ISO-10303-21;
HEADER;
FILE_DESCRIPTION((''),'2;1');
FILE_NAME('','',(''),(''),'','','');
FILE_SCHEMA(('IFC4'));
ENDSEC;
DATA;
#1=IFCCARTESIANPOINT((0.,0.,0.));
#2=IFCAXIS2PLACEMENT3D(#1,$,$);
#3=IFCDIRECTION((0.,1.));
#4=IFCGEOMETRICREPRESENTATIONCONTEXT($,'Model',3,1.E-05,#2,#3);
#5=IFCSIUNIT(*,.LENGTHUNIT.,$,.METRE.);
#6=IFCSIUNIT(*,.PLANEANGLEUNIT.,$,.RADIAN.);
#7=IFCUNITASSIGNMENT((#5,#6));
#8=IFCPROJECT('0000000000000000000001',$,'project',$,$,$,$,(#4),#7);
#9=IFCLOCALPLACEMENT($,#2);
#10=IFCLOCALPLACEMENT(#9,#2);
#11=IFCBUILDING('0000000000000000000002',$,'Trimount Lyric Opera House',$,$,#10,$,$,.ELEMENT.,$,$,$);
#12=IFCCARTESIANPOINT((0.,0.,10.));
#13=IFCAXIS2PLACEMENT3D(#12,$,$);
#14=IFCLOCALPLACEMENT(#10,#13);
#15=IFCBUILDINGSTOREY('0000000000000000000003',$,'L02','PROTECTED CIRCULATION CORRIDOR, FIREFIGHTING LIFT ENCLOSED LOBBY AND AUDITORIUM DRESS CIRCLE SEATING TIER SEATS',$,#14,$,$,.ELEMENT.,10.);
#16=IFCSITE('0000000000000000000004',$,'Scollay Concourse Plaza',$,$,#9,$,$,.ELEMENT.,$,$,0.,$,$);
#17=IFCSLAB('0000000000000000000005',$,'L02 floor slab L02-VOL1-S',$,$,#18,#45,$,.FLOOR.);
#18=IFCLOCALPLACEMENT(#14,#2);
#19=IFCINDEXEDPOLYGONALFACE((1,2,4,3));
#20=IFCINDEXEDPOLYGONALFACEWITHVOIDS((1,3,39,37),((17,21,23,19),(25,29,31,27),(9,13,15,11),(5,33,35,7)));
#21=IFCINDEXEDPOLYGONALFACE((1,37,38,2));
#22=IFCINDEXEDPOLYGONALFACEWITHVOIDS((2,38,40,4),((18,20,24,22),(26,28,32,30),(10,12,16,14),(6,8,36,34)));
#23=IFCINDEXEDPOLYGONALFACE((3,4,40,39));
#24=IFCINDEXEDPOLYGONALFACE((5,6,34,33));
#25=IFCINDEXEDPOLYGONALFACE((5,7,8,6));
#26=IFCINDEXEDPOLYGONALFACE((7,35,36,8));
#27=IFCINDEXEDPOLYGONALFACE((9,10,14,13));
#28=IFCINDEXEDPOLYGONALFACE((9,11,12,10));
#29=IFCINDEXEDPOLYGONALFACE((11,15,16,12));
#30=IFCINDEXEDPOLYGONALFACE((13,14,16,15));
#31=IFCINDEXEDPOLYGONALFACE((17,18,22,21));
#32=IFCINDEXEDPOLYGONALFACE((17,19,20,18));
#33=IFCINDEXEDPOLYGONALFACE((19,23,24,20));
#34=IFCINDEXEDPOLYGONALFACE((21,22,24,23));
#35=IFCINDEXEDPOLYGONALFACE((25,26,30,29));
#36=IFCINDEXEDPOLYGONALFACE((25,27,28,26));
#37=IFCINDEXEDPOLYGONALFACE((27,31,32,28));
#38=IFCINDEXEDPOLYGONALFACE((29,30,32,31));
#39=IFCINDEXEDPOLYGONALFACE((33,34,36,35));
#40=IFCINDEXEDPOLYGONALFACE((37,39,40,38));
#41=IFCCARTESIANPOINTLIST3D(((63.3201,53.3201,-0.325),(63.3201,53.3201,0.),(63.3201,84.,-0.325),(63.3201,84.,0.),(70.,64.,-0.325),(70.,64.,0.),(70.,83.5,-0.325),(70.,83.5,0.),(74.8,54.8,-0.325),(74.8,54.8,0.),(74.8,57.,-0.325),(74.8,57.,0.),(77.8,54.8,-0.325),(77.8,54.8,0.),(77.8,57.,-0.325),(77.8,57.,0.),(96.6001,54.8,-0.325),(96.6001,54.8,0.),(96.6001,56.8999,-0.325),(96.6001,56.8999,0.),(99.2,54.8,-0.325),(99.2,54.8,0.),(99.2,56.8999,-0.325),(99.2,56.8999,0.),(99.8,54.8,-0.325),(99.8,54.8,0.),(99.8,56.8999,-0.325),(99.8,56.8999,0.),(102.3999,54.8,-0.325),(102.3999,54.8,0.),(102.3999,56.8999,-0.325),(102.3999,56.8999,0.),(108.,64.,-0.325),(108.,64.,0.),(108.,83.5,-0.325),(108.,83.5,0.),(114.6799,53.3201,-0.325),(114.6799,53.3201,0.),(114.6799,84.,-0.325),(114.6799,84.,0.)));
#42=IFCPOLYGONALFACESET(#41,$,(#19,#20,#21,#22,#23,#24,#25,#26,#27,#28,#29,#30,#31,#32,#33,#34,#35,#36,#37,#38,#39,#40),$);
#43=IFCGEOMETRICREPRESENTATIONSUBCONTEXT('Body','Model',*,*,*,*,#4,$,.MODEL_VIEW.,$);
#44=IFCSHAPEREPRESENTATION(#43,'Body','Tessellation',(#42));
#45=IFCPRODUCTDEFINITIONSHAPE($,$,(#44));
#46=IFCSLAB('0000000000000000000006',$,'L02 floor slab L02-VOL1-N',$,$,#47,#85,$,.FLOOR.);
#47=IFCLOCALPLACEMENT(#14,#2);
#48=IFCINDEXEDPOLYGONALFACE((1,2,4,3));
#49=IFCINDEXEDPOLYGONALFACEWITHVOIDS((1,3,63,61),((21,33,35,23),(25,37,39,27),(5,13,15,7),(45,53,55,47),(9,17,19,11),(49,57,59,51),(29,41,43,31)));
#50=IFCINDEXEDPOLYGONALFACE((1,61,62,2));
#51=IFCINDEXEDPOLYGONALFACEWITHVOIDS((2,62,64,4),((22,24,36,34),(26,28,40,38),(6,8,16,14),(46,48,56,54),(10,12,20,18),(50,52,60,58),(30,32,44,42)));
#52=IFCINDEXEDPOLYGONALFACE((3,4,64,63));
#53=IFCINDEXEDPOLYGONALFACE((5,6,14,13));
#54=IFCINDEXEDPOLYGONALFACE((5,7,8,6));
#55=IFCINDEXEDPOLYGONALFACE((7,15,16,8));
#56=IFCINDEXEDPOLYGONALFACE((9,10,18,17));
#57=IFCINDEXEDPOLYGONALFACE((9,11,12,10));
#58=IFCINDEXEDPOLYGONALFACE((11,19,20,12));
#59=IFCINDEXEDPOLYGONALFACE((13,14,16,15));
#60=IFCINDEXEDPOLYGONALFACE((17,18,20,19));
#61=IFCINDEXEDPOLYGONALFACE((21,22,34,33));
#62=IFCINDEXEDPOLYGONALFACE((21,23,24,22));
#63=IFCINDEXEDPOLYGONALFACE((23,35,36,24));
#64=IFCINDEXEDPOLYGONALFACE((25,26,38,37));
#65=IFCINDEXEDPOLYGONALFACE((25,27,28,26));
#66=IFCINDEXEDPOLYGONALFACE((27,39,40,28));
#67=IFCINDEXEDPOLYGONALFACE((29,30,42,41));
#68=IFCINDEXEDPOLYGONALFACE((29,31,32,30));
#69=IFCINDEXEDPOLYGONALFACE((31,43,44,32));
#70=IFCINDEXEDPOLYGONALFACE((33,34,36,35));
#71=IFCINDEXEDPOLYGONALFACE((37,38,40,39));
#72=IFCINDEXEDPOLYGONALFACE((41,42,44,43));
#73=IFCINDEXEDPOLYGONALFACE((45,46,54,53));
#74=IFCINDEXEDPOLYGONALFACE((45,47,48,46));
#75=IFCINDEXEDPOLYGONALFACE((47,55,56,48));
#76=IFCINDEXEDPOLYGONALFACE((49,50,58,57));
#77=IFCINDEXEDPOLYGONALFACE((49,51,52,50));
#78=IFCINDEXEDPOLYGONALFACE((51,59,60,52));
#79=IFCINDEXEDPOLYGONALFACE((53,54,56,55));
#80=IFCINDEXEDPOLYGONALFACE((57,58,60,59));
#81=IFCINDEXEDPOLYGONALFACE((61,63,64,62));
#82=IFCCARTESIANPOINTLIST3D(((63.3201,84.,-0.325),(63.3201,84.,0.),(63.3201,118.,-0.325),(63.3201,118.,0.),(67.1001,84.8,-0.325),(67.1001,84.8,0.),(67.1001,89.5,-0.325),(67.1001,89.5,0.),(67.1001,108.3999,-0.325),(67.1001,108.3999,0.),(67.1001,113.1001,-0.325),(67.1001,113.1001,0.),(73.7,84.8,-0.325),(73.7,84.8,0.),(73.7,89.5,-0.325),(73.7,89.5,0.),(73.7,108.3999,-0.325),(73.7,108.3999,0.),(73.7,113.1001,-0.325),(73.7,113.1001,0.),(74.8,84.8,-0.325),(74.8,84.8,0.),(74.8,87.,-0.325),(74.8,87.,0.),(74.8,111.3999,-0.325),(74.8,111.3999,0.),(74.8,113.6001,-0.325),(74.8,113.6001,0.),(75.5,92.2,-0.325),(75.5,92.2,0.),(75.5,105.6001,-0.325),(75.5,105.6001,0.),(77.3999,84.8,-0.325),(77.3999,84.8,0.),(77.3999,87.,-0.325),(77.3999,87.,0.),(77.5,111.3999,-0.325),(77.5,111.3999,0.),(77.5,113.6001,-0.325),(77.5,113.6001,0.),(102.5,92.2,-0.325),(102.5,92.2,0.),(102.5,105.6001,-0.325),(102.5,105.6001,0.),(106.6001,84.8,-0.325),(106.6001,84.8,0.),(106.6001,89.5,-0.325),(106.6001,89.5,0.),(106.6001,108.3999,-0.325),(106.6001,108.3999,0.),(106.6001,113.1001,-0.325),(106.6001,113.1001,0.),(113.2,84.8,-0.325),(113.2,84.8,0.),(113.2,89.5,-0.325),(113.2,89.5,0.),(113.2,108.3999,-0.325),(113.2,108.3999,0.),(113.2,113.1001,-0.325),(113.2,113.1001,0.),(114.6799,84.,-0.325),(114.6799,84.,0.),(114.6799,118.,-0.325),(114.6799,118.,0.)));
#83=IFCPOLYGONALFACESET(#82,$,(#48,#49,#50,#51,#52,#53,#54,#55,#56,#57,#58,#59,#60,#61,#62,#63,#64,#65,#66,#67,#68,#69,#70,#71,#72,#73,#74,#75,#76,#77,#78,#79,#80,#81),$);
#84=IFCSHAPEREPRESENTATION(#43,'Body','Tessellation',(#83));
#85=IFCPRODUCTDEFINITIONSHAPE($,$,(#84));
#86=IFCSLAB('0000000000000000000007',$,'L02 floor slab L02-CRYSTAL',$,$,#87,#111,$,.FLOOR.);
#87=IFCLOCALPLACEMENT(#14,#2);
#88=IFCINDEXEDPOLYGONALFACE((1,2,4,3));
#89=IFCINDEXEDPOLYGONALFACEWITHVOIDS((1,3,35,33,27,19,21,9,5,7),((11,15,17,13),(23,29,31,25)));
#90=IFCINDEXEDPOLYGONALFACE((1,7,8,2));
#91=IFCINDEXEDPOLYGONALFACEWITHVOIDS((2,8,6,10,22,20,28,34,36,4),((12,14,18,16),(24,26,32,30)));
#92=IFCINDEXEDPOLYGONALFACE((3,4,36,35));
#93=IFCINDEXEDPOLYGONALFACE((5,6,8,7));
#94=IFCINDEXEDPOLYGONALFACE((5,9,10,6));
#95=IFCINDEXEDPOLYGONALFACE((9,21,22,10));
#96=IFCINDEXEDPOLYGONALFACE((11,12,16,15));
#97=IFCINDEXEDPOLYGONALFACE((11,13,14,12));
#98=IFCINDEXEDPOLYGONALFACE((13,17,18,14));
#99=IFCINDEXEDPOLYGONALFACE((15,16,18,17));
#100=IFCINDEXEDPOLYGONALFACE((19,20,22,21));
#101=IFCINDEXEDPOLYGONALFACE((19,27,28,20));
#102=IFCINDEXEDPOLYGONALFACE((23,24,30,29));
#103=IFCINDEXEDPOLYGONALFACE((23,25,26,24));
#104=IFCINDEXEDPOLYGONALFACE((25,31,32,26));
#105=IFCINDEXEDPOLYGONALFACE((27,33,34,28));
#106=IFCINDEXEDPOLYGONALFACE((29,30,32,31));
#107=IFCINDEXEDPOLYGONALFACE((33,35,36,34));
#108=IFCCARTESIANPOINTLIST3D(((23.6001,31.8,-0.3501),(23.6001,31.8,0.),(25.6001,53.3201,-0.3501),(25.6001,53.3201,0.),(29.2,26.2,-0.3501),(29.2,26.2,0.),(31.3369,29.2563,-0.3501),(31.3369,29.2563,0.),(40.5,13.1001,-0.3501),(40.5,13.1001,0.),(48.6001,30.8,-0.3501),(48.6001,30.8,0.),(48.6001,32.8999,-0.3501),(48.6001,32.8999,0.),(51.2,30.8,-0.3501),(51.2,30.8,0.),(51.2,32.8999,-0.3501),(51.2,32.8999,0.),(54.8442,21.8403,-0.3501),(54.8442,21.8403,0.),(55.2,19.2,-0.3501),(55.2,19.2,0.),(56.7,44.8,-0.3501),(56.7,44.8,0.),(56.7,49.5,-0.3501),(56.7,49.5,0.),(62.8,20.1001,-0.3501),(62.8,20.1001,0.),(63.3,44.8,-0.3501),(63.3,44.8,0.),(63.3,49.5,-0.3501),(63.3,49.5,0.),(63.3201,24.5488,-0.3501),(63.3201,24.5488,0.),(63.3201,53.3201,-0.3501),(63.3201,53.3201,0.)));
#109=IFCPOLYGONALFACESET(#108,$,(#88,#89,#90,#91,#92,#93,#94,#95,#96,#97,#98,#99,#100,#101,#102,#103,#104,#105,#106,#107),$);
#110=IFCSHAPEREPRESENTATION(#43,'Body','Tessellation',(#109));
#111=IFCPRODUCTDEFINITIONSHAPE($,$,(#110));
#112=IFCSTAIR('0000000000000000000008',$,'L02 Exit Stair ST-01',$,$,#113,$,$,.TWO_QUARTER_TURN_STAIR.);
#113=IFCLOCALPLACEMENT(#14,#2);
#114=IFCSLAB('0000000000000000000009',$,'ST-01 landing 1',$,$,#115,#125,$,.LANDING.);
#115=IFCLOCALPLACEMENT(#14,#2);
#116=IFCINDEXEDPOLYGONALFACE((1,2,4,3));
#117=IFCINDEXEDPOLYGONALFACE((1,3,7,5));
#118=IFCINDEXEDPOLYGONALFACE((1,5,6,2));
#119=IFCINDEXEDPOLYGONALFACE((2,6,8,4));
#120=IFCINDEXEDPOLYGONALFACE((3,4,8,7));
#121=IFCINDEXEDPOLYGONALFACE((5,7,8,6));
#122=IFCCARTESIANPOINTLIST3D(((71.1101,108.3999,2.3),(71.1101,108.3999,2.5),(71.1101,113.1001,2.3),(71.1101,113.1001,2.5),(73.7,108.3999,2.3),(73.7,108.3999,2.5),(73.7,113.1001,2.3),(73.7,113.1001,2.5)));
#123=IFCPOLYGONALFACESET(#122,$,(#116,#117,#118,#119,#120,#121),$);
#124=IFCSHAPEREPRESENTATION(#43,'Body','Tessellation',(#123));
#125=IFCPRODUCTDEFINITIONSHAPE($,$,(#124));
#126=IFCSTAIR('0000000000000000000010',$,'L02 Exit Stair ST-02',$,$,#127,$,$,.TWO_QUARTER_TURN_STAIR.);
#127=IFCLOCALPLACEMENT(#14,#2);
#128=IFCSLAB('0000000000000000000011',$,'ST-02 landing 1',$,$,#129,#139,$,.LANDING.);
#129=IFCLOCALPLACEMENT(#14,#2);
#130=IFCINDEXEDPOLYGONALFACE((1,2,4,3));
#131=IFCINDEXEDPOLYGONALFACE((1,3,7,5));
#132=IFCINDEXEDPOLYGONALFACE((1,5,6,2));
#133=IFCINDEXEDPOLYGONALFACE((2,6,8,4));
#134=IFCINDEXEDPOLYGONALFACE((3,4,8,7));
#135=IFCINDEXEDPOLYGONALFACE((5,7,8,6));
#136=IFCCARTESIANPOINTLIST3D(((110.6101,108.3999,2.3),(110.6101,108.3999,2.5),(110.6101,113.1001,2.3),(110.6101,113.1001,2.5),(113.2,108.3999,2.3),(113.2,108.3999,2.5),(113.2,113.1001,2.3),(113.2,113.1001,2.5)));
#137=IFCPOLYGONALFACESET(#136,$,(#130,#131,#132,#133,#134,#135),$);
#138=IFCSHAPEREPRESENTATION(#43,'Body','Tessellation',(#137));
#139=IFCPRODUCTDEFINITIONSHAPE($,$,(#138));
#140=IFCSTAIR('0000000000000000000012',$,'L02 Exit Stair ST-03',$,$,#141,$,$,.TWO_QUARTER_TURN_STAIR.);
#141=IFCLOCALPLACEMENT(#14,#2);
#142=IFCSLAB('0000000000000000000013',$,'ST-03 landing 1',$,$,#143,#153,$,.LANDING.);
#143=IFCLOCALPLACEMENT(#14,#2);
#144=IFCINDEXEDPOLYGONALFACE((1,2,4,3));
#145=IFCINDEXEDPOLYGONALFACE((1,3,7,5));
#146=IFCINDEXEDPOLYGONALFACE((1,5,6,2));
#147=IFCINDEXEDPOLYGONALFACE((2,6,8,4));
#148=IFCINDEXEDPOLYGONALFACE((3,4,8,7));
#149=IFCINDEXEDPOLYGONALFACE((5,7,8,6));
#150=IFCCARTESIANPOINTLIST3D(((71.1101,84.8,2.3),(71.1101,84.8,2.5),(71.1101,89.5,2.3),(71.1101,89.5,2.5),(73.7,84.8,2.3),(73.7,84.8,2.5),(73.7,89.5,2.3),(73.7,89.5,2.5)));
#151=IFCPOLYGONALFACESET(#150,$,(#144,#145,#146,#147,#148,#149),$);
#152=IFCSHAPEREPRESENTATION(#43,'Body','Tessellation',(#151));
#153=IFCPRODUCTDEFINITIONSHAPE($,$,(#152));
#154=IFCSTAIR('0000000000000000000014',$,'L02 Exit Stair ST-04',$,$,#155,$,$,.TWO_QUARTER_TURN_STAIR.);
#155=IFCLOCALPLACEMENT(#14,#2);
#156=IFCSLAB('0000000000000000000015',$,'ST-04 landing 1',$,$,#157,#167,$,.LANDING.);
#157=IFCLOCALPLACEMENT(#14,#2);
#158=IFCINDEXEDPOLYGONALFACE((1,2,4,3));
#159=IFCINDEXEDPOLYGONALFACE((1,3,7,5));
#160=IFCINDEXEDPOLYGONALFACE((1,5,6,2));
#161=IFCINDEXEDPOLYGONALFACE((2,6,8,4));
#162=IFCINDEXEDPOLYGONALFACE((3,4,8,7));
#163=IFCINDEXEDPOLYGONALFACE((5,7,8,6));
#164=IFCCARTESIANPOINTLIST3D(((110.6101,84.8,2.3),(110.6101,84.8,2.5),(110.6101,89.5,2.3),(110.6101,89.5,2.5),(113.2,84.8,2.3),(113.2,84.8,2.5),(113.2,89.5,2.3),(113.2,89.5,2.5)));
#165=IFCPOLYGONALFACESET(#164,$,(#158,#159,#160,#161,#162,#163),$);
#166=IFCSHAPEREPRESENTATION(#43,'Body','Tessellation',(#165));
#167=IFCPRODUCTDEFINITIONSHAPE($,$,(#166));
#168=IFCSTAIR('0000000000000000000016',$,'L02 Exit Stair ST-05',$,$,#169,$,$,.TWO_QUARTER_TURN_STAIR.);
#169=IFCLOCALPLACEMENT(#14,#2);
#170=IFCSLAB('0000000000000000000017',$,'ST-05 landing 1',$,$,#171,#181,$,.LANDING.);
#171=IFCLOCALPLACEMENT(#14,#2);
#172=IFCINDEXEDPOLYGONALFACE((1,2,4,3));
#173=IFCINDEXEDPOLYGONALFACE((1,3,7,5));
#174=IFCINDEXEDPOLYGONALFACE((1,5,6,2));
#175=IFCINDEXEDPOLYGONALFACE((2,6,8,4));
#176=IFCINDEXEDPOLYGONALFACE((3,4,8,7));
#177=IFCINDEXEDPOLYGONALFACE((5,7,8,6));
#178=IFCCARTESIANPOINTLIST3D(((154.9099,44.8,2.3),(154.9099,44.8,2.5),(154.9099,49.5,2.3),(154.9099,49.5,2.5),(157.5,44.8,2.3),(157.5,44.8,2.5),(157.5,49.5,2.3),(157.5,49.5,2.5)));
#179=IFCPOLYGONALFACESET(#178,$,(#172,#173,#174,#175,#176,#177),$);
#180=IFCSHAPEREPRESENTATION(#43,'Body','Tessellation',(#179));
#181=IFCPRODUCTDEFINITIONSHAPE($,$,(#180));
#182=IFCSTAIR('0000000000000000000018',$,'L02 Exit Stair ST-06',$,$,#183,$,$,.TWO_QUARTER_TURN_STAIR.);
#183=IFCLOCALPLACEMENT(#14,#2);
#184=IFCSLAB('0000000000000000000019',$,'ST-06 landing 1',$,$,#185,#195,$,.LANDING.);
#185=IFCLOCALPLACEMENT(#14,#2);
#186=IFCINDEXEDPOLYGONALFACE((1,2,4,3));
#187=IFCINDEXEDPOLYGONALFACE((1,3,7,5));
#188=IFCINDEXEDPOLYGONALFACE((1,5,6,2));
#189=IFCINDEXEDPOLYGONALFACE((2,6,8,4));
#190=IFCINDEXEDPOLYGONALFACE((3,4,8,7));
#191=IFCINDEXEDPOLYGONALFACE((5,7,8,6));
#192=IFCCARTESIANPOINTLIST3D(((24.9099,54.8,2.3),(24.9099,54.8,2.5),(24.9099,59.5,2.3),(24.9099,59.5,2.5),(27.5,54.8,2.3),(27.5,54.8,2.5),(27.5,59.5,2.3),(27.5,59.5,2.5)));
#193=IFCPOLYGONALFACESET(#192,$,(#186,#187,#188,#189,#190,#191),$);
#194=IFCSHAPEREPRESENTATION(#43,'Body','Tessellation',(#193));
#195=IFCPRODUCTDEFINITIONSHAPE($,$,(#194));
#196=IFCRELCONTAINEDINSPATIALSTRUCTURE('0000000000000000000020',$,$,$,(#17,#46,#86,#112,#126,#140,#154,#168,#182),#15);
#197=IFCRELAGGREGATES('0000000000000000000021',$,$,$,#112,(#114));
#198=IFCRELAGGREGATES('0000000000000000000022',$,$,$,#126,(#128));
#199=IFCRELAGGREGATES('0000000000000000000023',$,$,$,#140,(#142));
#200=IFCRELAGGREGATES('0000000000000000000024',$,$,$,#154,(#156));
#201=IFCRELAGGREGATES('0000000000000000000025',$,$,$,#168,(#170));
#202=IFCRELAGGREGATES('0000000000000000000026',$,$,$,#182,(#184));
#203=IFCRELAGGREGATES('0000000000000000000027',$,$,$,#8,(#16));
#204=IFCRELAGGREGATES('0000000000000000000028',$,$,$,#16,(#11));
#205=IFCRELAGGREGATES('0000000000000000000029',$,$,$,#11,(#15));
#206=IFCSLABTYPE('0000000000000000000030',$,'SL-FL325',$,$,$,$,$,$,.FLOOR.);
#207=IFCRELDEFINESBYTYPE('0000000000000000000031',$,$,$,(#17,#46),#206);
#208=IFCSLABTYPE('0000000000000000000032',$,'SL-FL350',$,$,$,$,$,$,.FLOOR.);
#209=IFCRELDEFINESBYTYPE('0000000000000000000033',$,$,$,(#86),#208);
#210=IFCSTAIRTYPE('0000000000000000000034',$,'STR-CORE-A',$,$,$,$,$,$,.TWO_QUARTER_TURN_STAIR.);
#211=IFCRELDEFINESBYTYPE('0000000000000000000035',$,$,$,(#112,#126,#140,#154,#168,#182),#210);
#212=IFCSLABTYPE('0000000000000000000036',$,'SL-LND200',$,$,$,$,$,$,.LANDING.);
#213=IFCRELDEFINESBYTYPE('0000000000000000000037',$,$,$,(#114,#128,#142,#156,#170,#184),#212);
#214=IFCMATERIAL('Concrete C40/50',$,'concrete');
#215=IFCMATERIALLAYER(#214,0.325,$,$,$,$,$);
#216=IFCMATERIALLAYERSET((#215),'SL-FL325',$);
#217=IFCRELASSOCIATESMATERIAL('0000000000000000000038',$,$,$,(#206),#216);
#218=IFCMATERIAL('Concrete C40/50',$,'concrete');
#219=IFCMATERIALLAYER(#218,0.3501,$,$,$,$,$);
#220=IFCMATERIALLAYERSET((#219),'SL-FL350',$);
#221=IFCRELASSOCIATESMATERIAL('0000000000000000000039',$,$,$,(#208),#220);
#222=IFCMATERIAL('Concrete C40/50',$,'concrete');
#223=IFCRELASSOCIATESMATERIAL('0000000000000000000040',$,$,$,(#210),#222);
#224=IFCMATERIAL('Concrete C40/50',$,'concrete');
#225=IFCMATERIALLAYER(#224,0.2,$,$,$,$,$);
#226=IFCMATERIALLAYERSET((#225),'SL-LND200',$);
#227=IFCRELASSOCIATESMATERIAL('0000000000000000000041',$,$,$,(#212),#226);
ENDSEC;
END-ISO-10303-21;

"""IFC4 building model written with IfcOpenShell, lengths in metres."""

from ifc_helpers import new_model, si_unit, direction, frame, origin, place, context, subcontext, project, spatial, polyline, outline, extrude, material, layer, layer_set, type_object, element, aggregate, save


model = new_model("IFC4")

# Units and contexts
model_context = context("Model", 3, precision=1e-05, world=origin(), true_north=direction((0.0, 1.0)))
body_context = subcontext(model_context, "Body", "Model", "MODEL_VIEW")
ifc_project = project(units=[si_unit("LENGTHUNIT", "METRE"), si_unit("PLANEANGLEUNIT", "RADIAN")], contexts=[model_context])

# Site, building, storey
site_placement = place(None, origin())
site = spatial("IfcSite", under=ifc_project, at=site_placement, Name="Scollay Concourse Plaza", CompositionType="ELEMENT", RefElevation=0.0)
building_placement = place(site_placement, origin())
building = spatial("IfcBuilding", under=site, at=building_placement, Name="Trimount Lyric Opera House", CompositionType="ELEMENT")
storey_placement = place(building_placement, frame((0.0, 0.0, 10.0)))
storey = spatial("IfcBuildingStorey", under=building, at=storey_placement, Name="L02", Description="PROTECTED CIRCULATION CORRIDOR, FIREFIGHTING LIFT ENCLOSED LOBBY AND AUDITORIUM DRESS CIRCLE SEATING TIER SEATS", CompositionType="ELEMENT", Elevation=10.0)

# Slabs
ifc_material_1 = material(Name="Concrete C40/50", Category="concrete")
ifc_layer_1 = layer(ifc_material_1, 0.325)
ifc_layer_set_1 = layer_set([ifc_layer_1], Name="SL-FL325")
slab_type_1 = type_object("IfcSlabType", Name="SL-FL325", PredefinedType="FLOOR", material=ifc_layer_set_1)
slab_1_placement = place(storey_placement, frame((0.0, 0.0, -0.325)))
element("IfcSlab", 1, at=slab_1_placement, inside=storey, type_object=slab_type_1, Name="L02 floor slab L02-VOL1-S", PredefinedType="FLOOR", context=body_context, shape_type="SweptSolid", body=[
    extrude(outline(polyline([(114.6799, 84.0), (114.6799, 53.3201), (63.3201, 53.3201), (63.3201, 84.0), (114.6799, 84.0)]), holes=[polyline([(70.0, 64.0), (108.0, 64.0), (108.0, 83.5), (70.0, 83.5), (70.0, 64.0)]), polyline([(102.3999, 56.8999), (99.8, 56.8999), (99.8, 54.8), (102.3999, 54.8), (102.3999, 56.8999)]), polyline([(99.2, 56.8999), (96.6001, 56.8999), (96.6001, 54.8), (99.2, 54.8), (99.2, 56.8999)]), polyline([(77.8, 57.0), (74.8, 57.0), (74.8, 54.8), (77.8, 54.8), (77.8, 57.0)])]), origin(), (0.0, 0.0, 1.0), 0.325),
])
slab_2_placement = place(storey_placement, frame((0.0, 0.0, -0.325)))
element("IfcSlab", 2, at=slab_2_placement, inside=storey, type_object=slab_type_1, Name="L02 floor slab L02-VOL1-N", PredefinedType="FLOOR", context=body_context, shape_type="SweptSolid", body=[
    extrude(outline(polyline([(114.6799, 118.0), (114.6799, 84.0), (63.3201, 84.0), (63.3201, 118.0), (114.6799, 118.0)]), holes=[polyline([(113.2, 84.8), (113.2, 89.5), (106.6001, 89.5), (106.6001, 84.8), (113.2, 84.8)]), polyline([(113.2, 108.3999), (113.2, 113.1001), (106.6001, 113.1001), (106.6001, 108.3999), (113.2, 108.3999)]), polyline([(75.5, 92.2), (102.5, 92.2), (102.5, 105.6001), (75.5, 105.6001), (75.5, 92.2)]), polyline([(77.5, 113.6001), (74.8, 113.6001), (74.8, 111.3999), (77.5, 111.3999), (77.5, 113.6001)]), polyline([(77.3999, 87.0), (74.8, 87.0), (74.8, 84.8), (77.3999, 84.8), (77.3999, 87.0)]), polyline([(73.7, 89.5), (67.1001, 89.5), (67.1001, 84.8), (73.7, 84.8), (73.7, 89.5)]), polyline([(73.7, 113.1001), (67.1001, 113.1001), (67.1001, 108.3999), (73.7, 108.3999), (73.7, 113.1001)])]), origin(), (0.0, 0.0, 1.0), 0.325),
])
ifc_material_2 = material(Name="Concrete C40/50", Category="concrete")
ifc_layer_2 = layer(ifc_material_2, 0.3501)
ifc_layer_set_2 = layer_set([ifc_layer_2], Name="SL-FL350")
slab_type_2 = type_object("IfcSlabType", Name="SL-FL350", PredefinedType="FLOOR", material=ifc_layer_set_2)
slab_3_placement = place(storey_placement, frame((0.0, 0.0, -0.3501)))
element("IfcSlab", 3, at=slab_3_placement, inside=storey, type_object=slab_type_2, Name="L02 floor slab L02-CRYSTAL", PredefinedType="FLOOR", context=body_context, shape_type="SweptSolid", body=[
    extrude(outline(polyline([(29.2, 26.2), (31.3369, 29.2563), (23.6001, 31.8), (25.6001, 53.3201), (63.3201, 53.3201), (63.3201, 24.5488), (62.8, 20.1001), (54.8442, 21.8403), (55.2, 19.2), (40.5, 13.1001), (29.2, 26.2)]), holes=[polyline([(63.3, 49.5), (56.7, 49.5), (56.7, 44.8), (63.3, 44.8), (63.3, 49.5)]), polyline([(51.2, 32.8999), (48.6001, 32.8999), (48.6001, 30.8), (51.2, 30.8), (51.2, 32.8999)])]), origin(), (0.0, 0.0, 1.0), 0.3501),
])

# Stairs, slabs
ifc_material_3 = material(Name="Concrete C40/50", Category="concrete")
stair_type_1 = type_object("IfcStairType", Name="STR-CORE-A", PredefinedType="TWO_QUARTER_TURN_STAIR", material=ifc_material_3)
stair_1_placement = place(storey_placement, origin())
stair_1 = element("IfcStair", 4, at=stair_1_placement, inside=storey, type_object=stair_type_1, Name="L02 Exit Stair ST-01", PredefinedType="TWO_QUARTER_TURN_STAIR")
ifc_material_4 = material(Name="Concrete C40/50", Category="concrete")
ifc_layer_3 = layer(ifc_material_4, 0.2)
ifc_layer_set_3 = layer_set([ifc_layer_3], Name="SL-LND200")
slab_type_3 = type_object("IfcSlabType", Name="SL-LND200", PredefinedType="LANDING", material=ifc_layer_set_3)
slab_4_placement = place(storey_placement, frame((0.0, 0.0, 2.3)))
slab_4 = element("IfcSlab", 5, at=slab_4_placement, type_object=slab_type_3, Name="ST-01 landing 1", PredefinedType="LANDING", context=body_context, shape_type="SweptSolid", body=[
    extrude(outline(polyline([(71.1101, 108.3999), (73.7, 108.3999), (73.7, 113.1001), (71.1101, 113.1001), (71.1101, 108.3999)])), origin(), (0.0, 0.0, 1.0), 0.2),
])
aggregate(stair_1, [slab_4])
stair_2_placement = place(storey_placement, origin())
stair_2 = element("IfcStair", 6, at=stair_2_placement, inside=storey, type_object=stair_type_1, Name="L02 Exit Stair ST-02", PredefinedType="TWO_QUARTER_TURN_STAIR")
slab_5_placement = place(storey_placement, frame((0.0, 0.0, 2.3)))
slab_5 = element("IfcSlab", 7, at=slab_5_placement, type_object=slab_type_3, Name="ST-02 landing 1", PredefinedType="LANDING", context=body_context, shape_type="SweptSolid", body=[
    extrude(outline(polyline([(110.6101, 108.3999), (113.2, 108.3999), (113.2, 113.1001), (110.6101, 113.1001), (110.6101, 108.3999)])), origin(), (0.0, 0.0, 1.0), 0.2),
])
aggregate(stair_2, [slab_5])
stair_3_placement = place(storey_placement, origin())
stair_3 = element("IfcStair", 8, at=stair_3_placement, inside=storey, type_object=stair_type_1, Name="L02 Exit Stair ST-03", PredefinedType="TWO_QUARTER_TURN_STAIR")
slab_6_placement = place(storey_placement, frame((0.0, 0.0, 2.3)))
slab_6 = element("IfcSlab", 9, at=slab_6_placement, type_object=slab_type_3, Name="ST-03 landing 1", PredefinedType="LANDING", context=body_context, shape_type="SweptSolid", body=[
    extrude(outline(polyline([(71.1101, 84.8), (73.7, 84.8), (73.7, 89.5), (71.1101, 89.5), (71.1101, 84.8)])), origin(), (0.0, 0.0, 1.0), 0.2),
])
aggregate(stair_3, [slab_6])
stair_4_placement = place(storey_placement, origin())
stair_4 = element("IfcStair", 10, at=stair_4_placement, inside=storey, type_object=stair_type_1, Name="L02 Exit Stair ST-04", PredefinedType="TWO_QUARTER_TURN_STAIR")
slab_7_placement = place(storey_placement, frame((0.0, 0.0, 2.3)))
slab_7 = element("IfcSlab", 11, at=slab_7_placement, type_object=slab_type_3, Name="ST-04 landing 1", PredefinedType="LANDING", context=body_context, shape_type="SweptSolid", body=[
    extrude(outline(polyline([(110.6101, 84.8), (113.2, 84.8), (113.2, 89.5), (110.6101, 89.5), (110.6101, 84.8)])), origin(), (0.0, 0.0, 1.0), 0.2),
])
aggregate(stair_4, [slab_7])
stair_5_placement = place(storey_placement, origin())
stair_5 = element("IfcStair", 12, at=stair_5_placement, inside=storey, type_object=stair_type_1, Name="L02 Exit Stair ST-05", PredefinedType="TWO_QUARTER_TURN_STAIR")
slab_8_placement = place(storey_placement, frame((0.0, 0.0, 2.3)))
slab_8 = element("IfcSlab", 13, at=slab_8_placement, type_object=slab_type_3, Name="ST-05 landing 1", PredefinedType="LANDING", context=body_context, shape_type="SweptSolid", body=[
    extrude(outline(polyline([(154.9099, 44.8), (157.5, 44.8), (157.5, 49.5), (154.9099, 49.5), (154.9099, 44.8)])), origin(), (0.0, 0.0, 1.0), 0.2),
])
aggregate(stair_5, [slab_8])
stair_6_placement = place(storey_placement, origin())
stair_6 = element("IfcStair", 14, at=stair_6_placement, inside=storey, type_object=stair_type_1, Name="L02 Exit Stair ST-06", PredefinedType="TWO_QUARTER_TURN_STAIR")
slab_9_placement = place(storey_placement, frame((0.0, 0.0, 2.3)))
slab_9 = element("IfcSlab", 15, at=slab_9_placement, type_object=slab_type_3, Name="ST-06 landing 1", PredefinedType="LANDING", context=body_context, shape_type="SweptSolid", body=[
    extrude(outline(polyline([(24.9099, 54.8), (27.5, 54.8), (27.5, 59.5), (24.9099, 59.5), (24.9099, 54.8)])), origin(), (0.0, 0.0, 1.0), 0.2),
])
aggregate(stair_6, [slab_9])

save(model, "model.ifc")
